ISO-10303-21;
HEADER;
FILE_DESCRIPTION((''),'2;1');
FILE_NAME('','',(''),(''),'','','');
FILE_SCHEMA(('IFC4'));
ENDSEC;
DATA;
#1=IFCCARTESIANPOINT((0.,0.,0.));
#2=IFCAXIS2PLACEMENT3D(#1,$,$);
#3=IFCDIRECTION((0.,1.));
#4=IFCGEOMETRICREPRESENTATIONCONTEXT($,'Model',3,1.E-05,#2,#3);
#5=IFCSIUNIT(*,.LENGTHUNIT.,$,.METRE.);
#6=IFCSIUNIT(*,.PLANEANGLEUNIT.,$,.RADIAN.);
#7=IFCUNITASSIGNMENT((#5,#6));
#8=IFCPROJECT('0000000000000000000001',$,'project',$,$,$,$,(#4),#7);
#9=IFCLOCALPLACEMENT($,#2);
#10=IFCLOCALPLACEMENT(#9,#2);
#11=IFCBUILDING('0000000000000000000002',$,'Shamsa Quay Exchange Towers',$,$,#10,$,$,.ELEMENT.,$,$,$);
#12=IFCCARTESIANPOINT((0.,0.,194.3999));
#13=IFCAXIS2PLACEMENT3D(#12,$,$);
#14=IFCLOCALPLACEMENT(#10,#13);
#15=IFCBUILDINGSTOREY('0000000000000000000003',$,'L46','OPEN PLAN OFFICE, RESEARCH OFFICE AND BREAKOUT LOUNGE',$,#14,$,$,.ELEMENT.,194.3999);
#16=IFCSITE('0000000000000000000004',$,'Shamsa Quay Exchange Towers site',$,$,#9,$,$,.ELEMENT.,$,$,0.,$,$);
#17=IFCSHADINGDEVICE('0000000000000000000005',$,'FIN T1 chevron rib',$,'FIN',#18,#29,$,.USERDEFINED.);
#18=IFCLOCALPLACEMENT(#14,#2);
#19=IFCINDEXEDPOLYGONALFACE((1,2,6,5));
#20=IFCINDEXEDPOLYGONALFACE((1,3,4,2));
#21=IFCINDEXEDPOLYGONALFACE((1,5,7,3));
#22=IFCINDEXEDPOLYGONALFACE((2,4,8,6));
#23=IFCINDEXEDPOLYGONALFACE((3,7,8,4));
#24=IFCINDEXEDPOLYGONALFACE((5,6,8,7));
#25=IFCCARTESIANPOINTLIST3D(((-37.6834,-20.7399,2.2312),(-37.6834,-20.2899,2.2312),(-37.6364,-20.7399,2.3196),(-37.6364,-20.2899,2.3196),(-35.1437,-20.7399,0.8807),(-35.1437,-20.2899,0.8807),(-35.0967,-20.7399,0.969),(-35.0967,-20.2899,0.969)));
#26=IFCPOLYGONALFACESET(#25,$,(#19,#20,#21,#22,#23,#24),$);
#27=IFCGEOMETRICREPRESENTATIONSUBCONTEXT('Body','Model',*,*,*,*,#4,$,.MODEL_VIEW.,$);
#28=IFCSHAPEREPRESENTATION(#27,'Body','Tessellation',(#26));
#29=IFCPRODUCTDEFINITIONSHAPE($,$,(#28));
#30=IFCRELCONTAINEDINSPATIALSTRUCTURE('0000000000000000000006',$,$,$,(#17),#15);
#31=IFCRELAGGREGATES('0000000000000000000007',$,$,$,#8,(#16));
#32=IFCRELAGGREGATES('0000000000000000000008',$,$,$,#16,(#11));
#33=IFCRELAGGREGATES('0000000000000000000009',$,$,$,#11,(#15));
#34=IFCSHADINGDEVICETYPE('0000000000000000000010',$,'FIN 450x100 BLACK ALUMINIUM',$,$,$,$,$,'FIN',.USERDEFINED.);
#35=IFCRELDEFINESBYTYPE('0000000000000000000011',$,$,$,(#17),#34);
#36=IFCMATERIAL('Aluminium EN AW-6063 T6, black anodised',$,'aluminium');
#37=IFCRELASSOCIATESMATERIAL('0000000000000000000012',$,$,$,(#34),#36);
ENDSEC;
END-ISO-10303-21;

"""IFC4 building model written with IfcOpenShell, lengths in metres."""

from ifc_helpers import new_model, si_unit, direction, frame, origin, origin_2d, place, context, subcontext, project, spatial, rectangle, extrude, material, material_profile, profile_set, type_object, element, save


model = new_model("IFC4")

# Units and contexts
model_context = context("Model", 3, precision=1e-05, world=origin(), true_north=direction((0.0, 1.0)))
body_context = subcontext(model_context, "Body", "Model", "MODEL_VIEW")
ifc_project = project(units=[si_unit("LENGTHUNIT", "METRE"), si_unit("PLANEANGLEUNIT", "RADIAN")], contexts=[model_context])

# Site, building, storey
site_placement = place(None, origin())
site = spatial("IfcSite", under=ifc_project, at=site_placement, Name="Shamsa Quay Exchange Towers site", CompositionType="ELEMENT", RefElevation=0.0)
building_placement = place(site_placement, origin())
building = spatial("IfcBuilding", under=site, at=building_placement, Name="Shamsa Quay Exchange Towers", CompositionType="ELEMENT")
storey_placement = place(building_placement, frame((0.0, 0.0, 194.3999)))
storey = spatial("IfcBuildingStorey", under=building, at=storey_placement, Name="L46", Description="OPEN PLAN OFFICE, RESEARCH OFFICE AND BREAKOUT LOUNGE", CompositionType="ELEMENT", Elevation=194.3999)

# Shared definitions
ifc_material_1 = material(Name="Aluminium EN AW-6063 T6, black anodised", Category="aluminium")

# Shading device
ifc_material_profile_1 = material_profile(ifc_material_1, rectangle(XDim=0.45, YDim=0.1001, at=origin_2d()), Name="FIN450x100")
ifc_profile_set_1 = profile_set([ifc_material_profile_1], Name="Aluminium EN AW-6063 T6, black anodised")
shading_device_type = type_object("IfcShadingDeviceType", Name="FIN 450x100 BLACK ALUMINIUM", ElementType="FIN", PredefinedType="USERDEFINED", material=ifc_profile_set_1)
shading_device_1_placement = place(storey_placement, frame((-37.6599, -20.5149, 2.2754), z_axis=(0.882926, 0.0, -0.469513), x_axis=(0.0, 1.0, 0.0)))
element("IfcShadingDevice", 1, at=shading_device_1_placement, inside=storey, type_object=shading_device_type, Name="FIN T1 chevron rib", ObjectType="FIN", PredefinedType="USERDEFINED", context=body_context, shape_type="SweptSolid", body=[
    extrude(rectangle(XDim=0.45, YDim=0.1001, at=origin_2d()), origin(), (0.0, 0.0, 1.0), 2.8765),
])

save(model, "model.ifc")
